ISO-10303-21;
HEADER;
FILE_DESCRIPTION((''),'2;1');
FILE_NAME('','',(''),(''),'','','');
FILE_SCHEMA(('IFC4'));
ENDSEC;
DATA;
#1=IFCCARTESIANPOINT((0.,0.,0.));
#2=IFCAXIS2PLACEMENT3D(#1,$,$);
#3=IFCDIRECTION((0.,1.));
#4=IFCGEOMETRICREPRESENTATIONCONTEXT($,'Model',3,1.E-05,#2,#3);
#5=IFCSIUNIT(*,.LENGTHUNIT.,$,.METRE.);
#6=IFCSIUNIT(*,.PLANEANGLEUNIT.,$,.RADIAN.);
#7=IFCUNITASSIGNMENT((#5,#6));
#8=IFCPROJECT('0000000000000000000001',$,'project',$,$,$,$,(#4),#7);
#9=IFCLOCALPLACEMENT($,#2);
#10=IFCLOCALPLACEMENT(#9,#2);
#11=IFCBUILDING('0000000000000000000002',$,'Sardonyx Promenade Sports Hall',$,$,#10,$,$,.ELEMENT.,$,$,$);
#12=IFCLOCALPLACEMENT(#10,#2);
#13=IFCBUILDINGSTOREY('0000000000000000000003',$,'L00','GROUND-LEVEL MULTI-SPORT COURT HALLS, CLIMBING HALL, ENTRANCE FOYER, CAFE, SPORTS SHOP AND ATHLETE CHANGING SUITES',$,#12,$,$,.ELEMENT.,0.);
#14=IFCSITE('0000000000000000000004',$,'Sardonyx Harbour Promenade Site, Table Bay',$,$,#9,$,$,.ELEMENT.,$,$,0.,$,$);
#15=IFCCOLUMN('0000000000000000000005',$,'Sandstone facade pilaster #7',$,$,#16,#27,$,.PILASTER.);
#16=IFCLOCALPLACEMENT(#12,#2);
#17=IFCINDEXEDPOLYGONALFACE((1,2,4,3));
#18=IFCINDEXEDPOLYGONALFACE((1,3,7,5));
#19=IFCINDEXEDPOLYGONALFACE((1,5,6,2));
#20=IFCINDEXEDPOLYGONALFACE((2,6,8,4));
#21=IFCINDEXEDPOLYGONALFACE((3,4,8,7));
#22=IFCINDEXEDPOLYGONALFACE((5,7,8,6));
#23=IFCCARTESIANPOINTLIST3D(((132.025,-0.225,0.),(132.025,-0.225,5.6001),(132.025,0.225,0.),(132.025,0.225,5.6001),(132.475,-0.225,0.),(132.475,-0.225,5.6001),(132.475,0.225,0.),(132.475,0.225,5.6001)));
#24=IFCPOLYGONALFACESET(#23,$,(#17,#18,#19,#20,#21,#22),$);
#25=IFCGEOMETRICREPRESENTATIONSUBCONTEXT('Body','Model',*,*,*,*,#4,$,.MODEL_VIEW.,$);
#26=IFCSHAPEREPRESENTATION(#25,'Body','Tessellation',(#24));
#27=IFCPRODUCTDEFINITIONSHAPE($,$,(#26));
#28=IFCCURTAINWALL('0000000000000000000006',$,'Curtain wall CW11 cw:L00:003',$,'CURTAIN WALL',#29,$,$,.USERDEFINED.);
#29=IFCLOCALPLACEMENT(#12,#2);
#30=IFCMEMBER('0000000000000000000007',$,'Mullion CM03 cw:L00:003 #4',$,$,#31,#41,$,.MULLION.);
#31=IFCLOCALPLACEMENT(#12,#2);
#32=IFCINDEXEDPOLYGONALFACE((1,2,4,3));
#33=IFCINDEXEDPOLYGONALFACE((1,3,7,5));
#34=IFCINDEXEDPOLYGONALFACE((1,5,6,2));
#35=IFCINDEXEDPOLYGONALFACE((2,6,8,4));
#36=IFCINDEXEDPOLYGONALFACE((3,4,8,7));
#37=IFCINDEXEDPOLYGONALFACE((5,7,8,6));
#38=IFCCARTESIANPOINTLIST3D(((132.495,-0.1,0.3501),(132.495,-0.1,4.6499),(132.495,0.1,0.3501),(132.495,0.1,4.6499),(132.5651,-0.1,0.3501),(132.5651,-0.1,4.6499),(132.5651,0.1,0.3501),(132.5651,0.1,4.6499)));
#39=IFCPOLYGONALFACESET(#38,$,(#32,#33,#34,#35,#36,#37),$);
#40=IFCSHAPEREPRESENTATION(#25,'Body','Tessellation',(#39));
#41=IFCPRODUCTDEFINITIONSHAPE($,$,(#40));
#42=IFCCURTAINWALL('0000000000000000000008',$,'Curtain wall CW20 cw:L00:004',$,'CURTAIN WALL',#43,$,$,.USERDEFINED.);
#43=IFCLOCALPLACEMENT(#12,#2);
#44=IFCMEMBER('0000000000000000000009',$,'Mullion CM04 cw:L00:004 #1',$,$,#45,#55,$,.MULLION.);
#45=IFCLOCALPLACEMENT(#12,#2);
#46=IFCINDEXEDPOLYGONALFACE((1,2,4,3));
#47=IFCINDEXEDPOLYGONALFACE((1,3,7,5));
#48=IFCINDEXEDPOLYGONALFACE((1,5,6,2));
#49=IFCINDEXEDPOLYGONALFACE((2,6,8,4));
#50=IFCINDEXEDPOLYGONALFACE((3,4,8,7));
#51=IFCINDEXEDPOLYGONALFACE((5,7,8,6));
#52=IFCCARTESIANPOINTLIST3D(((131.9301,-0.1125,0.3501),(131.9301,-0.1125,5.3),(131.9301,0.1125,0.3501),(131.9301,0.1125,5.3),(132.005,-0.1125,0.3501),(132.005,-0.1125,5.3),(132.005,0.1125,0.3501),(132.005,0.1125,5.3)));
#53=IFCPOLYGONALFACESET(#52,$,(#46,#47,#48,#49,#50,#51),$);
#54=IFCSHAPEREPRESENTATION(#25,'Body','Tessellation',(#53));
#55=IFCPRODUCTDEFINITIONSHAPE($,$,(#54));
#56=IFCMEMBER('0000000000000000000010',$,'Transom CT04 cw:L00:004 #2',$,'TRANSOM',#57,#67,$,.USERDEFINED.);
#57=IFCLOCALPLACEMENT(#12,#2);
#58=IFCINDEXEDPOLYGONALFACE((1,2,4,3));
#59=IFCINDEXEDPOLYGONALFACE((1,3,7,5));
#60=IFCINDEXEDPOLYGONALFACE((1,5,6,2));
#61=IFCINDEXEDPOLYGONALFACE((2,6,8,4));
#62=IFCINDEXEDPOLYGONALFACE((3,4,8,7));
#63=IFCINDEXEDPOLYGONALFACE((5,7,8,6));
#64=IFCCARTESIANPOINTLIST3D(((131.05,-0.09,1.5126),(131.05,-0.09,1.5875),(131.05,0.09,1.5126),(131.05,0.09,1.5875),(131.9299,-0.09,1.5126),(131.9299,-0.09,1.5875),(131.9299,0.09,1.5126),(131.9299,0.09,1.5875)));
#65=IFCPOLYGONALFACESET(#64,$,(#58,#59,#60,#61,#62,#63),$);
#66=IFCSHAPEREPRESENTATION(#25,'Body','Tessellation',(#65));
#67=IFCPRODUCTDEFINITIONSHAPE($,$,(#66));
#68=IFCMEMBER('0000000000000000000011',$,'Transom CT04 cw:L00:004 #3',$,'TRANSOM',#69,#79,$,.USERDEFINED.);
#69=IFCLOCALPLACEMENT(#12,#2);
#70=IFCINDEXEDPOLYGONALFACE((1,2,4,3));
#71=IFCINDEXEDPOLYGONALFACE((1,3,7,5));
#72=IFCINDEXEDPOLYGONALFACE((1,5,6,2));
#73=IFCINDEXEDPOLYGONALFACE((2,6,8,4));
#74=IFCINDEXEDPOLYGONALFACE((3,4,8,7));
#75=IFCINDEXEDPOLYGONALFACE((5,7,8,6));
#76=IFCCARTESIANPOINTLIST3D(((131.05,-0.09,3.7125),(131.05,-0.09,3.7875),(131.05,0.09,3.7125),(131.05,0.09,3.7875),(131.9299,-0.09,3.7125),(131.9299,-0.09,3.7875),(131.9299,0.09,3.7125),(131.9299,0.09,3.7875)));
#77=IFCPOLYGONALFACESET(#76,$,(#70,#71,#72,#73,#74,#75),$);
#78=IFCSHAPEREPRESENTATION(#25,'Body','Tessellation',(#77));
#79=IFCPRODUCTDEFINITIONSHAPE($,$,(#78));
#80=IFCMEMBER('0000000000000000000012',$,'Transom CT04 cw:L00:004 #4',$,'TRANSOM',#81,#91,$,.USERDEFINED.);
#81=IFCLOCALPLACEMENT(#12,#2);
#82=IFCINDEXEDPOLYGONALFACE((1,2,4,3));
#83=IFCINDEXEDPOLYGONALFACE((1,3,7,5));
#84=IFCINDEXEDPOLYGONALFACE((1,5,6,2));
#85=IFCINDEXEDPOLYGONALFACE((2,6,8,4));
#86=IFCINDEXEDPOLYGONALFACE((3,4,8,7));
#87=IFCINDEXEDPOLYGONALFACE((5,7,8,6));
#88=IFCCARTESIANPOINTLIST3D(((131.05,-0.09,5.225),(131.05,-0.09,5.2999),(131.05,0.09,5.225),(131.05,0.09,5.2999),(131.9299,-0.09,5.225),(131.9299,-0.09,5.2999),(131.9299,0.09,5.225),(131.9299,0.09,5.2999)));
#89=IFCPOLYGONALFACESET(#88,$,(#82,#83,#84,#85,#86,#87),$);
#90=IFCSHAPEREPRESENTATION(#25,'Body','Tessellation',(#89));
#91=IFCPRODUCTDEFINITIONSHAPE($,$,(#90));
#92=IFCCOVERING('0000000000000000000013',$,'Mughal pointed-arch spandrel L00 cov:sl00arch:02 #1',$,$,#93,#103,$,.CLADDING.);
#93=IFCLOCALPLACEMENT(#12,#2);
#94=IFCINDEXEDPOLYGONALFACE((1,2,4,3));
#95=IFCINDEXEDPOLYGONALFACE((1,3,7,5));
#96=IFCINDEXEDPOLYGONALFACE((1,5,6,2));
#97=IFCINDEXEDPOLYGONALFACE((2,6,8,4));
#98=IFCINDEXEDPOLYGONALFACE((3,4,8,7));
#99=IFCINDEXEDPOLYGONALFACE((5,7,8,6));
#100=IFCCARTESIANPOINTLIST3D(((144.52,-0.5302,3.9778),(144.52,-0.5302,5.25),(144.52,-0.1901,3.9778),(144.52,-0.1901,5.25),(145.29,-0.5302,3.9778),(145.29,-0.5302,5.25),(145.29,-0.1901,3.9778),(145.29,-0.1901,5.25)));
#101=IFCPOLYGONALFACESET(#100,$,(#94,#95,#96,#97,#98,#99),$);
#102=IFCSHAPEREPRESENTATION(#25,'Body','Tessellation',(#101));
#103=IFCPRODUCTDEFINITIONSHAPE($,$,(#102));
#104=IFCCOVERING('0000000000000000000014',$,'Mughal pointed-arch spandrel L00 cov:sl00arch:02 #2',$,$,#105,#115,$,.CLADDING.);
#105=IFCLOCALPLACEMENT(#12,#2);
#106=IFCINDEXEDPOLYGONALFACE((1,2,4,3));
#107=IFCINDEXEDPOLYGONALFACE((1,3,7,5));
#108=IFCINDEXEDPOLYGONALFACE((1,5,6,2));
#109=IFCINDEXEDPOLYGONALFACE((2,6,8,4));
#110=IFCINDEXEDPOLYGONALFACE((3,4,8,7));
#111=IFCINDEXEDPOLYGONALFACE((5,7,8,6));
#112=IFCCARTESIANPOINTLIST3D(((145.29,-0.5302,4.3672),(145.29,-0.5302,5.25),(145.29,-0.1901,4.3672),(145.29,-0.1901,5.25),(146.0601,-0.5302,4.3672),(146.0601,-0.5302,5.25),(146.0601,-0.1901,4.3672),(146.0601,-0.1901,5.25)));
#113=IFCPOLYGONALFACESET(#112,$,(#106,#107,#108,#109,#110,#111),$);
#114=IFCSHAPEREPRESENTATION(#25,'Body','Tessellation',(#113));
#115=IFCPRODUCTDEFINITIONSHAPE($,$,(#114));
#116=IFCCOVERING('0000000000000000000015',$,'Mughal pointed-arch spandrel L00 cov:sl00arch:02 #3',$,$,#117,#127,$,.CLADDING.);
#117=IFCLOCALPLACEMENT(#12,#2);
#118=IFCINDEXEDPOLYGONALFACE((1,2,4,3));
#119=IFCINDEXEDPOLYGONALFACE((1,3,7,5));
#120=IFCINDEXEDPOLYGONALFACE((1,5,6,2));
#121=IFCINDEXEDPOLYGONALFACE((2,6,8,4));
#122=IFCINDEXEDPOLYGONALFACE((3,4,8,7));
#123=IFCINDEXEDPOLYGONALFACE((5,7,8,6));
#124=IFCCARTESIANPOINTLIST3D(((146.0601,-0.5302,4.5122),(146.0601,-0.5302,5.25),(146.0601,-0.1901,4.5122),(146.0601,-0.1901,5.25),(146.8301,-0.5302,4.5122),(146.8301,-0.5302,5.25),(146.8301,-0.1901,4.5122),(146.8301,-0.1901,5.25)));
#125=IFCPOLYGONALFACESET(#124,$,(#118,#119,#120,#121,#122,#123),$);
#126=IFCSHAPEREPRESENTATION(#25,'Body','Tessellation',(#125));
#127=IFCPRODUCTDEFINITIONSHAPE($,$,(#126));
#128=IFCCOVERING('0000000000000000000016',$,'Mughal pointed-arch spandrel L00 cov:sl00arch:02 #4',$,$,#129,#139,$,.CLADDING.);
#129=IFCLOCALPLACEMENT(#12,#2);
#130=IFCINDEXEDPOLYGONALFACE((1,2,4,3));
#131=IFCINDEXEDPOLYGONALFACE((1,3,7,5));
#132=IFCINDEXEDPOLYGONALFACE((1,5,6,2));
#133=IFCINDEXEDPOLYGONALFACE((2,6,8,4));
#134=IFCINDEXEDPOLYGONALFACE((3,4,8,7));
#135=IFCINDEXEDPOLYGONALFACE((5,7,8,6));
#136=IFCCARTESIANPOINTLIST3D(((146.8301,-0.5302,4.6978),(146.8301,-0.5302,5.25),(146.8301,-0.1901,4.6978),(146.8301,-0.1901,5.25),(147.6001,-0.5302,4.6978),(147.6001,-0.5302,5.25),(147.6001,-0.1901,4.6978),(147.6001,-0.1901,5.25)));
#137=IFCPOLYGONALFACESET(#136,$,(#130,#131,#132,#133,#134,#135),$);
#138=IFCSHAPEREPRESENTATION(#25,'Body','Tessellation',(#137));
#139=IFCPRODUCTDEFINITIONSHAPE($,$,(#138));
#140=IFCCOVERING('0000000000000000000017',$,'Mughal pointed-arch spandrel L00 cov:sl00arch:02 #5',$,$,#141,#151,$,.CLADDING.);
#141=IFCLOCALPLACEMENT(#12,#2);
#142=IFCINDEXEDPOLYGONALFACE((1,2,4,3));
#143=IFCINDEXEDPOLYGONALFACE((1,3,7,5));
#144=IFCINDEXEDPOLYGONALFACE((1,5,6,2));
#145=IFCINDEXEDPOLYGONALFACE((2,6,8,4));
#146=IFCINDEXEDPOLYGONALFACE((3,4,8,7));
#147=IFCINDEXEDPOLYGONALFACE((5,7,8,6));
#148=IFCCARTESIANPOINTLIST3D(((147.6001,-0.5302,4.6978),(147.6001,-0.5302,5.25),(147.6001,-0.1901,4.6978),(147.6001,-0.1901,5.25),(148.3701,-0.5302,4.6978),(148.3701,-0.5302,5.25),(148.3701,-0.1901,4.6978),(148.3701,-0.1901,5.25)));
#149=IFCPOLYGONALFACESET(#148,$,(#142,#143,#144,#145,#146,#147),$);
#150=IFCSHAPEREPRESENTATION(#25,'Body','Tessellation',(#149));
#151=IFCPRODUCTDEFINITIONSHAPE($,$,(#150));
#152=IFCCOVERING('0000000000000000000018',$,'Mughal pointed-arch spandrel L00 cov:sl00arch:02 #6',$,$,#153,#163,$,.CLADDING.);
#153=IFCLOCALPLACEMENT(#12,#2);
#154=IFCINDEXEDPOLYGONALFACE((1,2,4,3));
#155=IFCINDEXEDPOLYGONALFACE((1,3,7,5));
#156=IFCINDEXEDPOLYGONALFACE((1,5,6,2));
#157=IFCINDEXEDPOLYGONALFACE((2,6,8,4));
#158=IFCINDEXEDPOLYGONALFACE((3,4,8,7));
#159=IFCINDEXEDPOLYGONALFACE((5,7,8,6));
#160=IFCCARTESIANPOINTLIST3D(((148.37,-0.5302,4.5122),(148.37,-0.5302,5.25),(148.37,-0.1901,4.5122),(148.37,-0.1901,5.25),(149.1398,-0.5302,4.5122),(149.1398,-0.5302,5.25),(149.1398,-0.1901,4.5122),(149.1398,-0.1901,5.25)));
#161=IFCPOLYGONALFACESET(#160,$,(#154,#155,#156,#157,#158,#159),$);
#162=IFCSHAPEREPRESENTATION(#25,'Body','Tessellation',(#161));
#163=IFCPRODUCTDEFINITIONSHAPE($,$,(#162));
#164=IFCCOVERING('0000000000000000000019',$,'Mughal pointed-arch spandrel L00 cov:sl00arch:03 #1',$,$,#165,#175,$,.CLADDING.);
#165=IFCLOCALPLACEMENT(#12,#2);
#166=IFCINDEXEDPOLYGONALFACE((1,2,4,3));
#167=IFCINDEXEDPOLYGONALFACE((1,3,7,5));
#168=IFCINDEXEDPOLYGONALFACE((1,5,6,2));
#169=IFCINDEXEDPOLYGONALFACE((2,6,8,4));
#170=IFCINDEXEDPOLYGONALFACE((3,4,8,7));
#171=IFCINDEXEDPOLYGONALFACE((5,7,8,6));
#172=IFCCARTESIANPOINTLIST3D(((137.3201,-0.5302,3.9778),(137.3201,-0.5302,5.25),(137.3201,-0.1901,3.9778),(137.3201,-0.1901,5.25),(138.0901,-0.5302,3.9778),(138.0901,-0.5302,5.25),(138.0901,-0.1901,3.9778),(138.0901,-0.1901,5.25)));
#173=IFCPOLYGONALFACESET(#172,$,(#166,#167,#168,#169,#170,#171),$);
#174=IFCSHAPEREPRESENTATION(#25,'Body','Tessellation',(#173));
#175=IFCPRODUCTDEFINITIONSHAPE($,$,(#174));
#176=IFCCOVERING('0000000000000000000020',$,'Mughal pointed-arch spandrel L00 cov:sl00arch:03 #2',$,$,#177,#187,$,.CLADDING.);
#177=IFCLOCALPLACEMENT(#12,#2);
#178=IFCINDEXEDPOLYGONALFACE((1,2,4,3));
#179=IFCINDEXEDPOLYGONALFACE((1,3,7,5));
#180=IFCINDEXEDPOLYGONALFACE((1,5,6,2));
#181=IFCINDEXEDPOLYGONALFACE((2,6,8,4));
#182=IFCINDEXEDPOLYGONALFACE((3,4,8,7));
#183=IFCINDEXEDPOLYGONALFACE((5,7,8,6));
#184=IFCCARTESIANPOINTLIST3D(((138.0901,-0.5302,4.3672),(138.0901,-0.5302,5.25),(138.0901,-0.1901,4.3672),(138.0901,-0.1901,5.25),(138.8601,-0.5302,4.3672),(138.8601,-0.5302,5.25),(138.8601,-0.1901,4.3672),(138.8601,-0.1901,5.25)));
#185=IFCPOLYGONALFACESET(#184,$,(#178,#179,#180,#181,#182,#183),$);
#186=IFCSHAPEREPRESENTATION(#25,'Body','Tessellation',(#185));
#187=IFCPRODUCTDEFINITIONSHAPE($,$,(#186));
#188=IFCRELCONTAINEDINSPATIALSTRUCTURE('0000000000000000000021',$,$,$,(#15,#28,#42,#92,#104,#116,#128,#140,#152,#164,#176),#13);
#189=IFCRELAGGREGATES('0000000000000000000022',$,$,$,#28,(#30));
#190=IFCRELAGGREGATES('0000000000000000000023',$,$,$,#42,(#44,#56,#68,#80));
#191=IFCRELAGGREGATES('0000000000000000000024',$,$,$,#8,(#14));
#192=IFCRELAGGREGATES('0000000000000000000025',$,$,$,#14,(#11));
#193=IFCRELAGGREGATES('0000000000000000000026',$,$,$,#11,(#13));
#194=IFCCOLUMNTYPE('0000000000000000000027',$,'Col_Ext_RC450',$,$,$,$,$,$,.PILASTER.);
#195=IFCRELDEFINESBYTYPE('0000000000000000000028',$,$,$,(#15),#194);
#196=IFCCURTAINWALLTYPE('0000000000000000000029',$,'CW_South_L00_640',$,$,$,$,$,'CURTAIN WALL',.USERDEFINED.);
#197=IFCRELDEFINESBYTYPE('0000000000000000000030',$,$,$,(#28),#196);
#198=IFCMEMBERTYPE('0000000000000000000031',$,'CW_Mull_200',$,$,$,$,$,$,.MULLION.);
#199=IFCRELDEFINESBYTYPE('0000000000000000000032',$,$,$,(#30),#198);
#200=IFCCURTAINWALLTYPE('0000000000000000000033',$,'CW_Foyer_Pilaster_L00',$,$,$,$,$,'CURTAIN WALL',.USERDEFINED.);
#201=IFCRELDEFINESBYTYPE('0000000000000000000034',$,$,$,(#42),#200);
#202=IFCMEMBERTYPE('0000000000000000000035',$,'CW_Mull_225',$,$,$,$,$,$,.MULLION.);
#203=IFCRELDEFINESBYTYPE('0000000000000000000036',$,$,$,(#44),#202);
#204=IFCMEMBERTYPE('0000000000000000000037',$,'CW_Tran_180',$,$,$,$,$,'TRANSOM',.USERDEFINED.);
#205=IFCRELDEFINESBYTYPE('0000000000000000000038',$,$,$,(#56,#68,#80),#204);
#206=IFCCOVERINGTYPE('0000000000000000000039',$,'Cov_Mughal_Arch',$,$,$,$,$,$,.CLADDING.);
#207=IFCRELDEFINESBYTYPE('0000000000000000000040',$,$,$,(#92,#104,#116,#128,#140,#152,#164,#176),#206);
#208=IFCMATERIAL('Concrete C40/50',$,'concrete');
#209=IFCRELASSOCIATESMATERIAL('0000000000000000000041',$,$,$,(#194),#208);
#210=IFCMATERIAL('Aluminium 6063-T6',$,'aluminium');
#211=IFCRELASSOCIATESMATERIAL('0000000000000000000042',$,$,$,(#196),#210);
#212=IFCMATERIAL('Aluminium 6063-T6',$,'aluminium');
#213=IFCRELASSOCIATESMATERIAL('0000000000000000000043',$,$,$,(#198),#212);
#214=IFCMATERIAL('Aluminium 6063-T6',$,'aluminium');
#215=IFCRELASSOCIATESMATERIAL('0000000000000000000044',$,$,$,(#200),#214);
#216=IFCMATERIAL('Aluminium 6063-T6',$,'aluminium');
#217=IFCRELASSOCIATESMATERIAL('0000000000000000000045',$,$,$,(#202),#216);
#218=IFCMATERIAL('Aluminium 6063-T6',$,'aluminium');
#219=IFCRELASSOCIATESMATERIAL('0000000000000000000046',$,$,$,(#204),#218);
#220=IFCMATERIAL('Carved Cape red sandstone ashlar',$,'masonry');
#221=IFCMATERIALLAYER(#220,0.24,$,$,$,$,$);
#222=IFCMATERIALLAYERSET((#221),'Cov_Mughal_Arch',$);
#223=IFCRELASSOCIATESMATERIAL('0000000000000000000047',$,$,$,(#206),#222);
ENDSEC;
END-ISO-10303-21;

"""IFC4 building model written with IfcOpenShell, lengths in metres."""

from ifc_helpers import new_model, si_unit, direction, frame, frame_2d, origin, origin_2d, place, context, subcontext, project, spatial, rectangle, extrude, material, layer, layer_set, material_profile, profile_set, type_object, element, aggregate, save


model = new_model("IFC4")

# Units and contexts
model_context = context("Model", 3, precision=1e-05, world=origin(), true_north=direction((0.0, 1.0)))
body_context = subcontext(model_context, "Body", "Model", "MODEL_VIEW")
ifc_project = project(units=[si_unit("LENGTHUNIT", "METRE"), si_unit("PLANEANGLEUNIT", "RADIAN")], contexts=[model_context])

# Site, building, storey
site_placement = place(None, origin())
site = spatial("IfcSite", under=ifc_project, at=site_placement, Name="Sardonyx Harbour Promenade Site, Table Bay", CompositionType="ELEMENT", RefElevation=0.0)
building_placement = place(site_placement, origin())
building = spatial("IfcBuilding", under=site, at=building_placement, Name="Sardonyx Promenade Sports Hall", CompositionType="ELEMENT")
storey_placement = place(building_placement, origin())
storey = spatial("IfcBuildingStorey", under=building, at=storey_placement, Name="L00", Description="GROUND-LEVEL MULTI-SPORT COURT HALLS, CLIMBING HALL, ENTRANCE FOYER, CAFE, SPORTS SHOP AND ATHLETE CHANGING SUITES", CompositionType="ELEMENT", Elevation=0.0)

# Column
ifc_material_1 = material(Name="Concrete C40/50", Category="concrete")
ifc_material_profile_1 = material_profile(ifc_material_1, rectangle(XDim=0.45, YDim=0.45, at=origin_2d()))
ifc_profile_set_1 = profile_set([ifc_material_profile_1], Name="Concrete C40/50")
column_type = type_object("IfcColumnType", Name="Col_Ext_RC450", PredefinedType="PILASTER", material=ifc_profile_set_1)
column_placement = place(storey_placement, frame((132.25, 0.0, 0.0), z_axis=(0.0, 0.0, 1.0), x_axis=(1.0, 0.0, 0.0)))
element("IfcColumn", 1, at=column_placement, inside=storey, type_object=column_type, Name="Sandstone facade pilaster #7", PredefinedType="PILASTER", context=body_context, shape_type="SweptSolid", body=[
    extrude(rectangle(XDim=0.45, YDim=0.45, at=origin_2d()), origin(), (0.0, 0.0, 1.0), 5.6001),
])

# Curtain wall, member
ifc_material_2 = material(Name="Aluminium 6063-T6", Category="aluminium")
curtain_wall_type_1 = type_object("IfcCurtainWallType", Name="CW_South_L00_640", ElementType="CURTAIN WALL", PredefinedType="USERDEFINED", material=ifc_material_2)
curtain_wall_1_placement = place(storey_placement, origin())
curtain_wall_1 = element("IfcCurtainWall", 2, at=curtain_wall_1_placement, inside=storey, type_object=curtain_wall_type_1, Name="Curtain wall CW11 cw:L00:003", ObjectType="CURTAIN WALL", PredefinedType="USERDEFINED")
ifc_material_3 = material(Name="Aluminium 6063-T6", Category="aluminium")
ifc_material_profile_2 = material_profile(ifc_material_3, rectangle(XDim=0.0701, YDim=0.2, at=origin_2d()))
ifc_profile_set_2 = profile_set([ifc_material_profile_2], Name="Aluminium 6063-T6")
member_type_1 = type_object("IfcMemberType", Name="CW_Mull_200", PredefinedType="MULLION", material=ifc_profile_set_2)
member_1_placement = place(storey_placement, frame((132.53, 0.0, 0.3501), z_axis=(0.0, 0.0, 1.0), x_axis=(-1.0, 0.0, 0.0)))
member_1 = element("IfcMember", 3, at=member_1_placement, type_object=member_type_1, Name="Mullion CM03 cw:L00:003 #4", PredefinedType="MULLION", context=body_context, shape_type="SweptSolid", body=[
    extrude(rectangle(XDim=0.0701, YDim=0.2, at=origin_2d()), origin(), (0.0, 0.0, 1.0), 4.2998),
])
aggregate(curtain_wall_1, [member_1])

# Curtain wall, members
ifc_material_4 = material(Name="Aluminium 6063-T6", Category="aluminium")
curtain_wall_type_2 = type_object("IfcCurtainWallType", Name="CW_Foyer_Pilaster_L00", ElementType="CURTAIN WALL", PredefinedType="USERDEFINED", material=ifc_material_4)
curtain_wall_2_placement = place(storey_placement, origin())
curtain_wall_2 = element("IfcCurtainWall", 4, at=curtain_wall_2_placement, inside=storey, type_object=curtain_wall_type_2, Name="Curtain wall CW20 cw:L00:004", ObjectType="CURTAIN WALL", PredefinedType="USERDEFINED")
ifc_material_5 = material(Name="Aluminium 6063-T6", Category="aluminium")
ifc_material_profile_3 = material_profile(ifc_material_5, rectangle(XDim=0.075, YDim=0.2251, at=origin_2d()))
ifc_profile_set_3 = profile_set([ifc_material_profile_3], Name="Aluminium 6063-T6")
member_type_2 = type_object("IfcMemberType", Name="CW_Mull_225", PredefinedType="MULLION", material=ifc_profile_set_3)
member_2_placement = place(storey_placement, frame((131.9675, 0.0, 0.3501), z_axis=(0.0, 0.0, 1.0), x_axis=(-1.0, 0.0, 0.0)))
member_2 = element("IfcMember", 5, at=member_2_placement, type_object=member_type_2, Name="Mullion CM04 cw:L00:004 #1", PredefinedType="MULLION", context=body_context, shape_type="SweptSolid", body=[
    extrude(rectangle(XDim=0.075, YDim=0.2251, at=origin_2d()), origin(), (0.0, 0.0, 1.0), 4.95),
])
ifc_material_6 = material(Name="Aluminium 6063-T6", Category="aluminium")
ifc_material_profile_4 = material_profile(ifc_material_6, rectangle(XDim=0.075, YDim=0.1799, at=origin_2d()))
ifc_profile_set_4 = profile_set([ifc_material_profile_4], Name="Aluminium 6063-T6")
member_type_3 = type_object("IfcMemberType", Name="CW_Tran_180", ElementType="TRANSOM", PredefinedType="USERDEFINED", material=ifc_profile_set_4)
member_3_placement = place(storey_placement, frame((131.9299, 0.0, 1.55), z_axis=(-1.0, 0.0, 0.0), x_axis=(0.0, 0.0, 1.0)))
member_3 = element("IfcMember", 6, at=member_3_placement, type_object=member_type_3, Name="Transom CT04 cw:L00:004 #2", ObjectType="TRANSOM", PredefinedType="USERDEFINED", context=body_context, shape_type="SweptSolid", body=[
    extrude(rectangle(XDim=0.075, YDim=0.1799, at=origin_2d()), origin(), (0.0, 0.0, 1.0), 0.8799),
])
member_4_placement = place(storey_placement, frame((131.9299, 0.0, 3.75), z_axis=(-1.0, 0.0, 0.0), x_axis=(0.0, 0.0, 1.0)))
member_4 = element("IfcMember", 7, at=member_4_placement, type_object=member_type_3, Name="Transom CT04 cw:L00:004 #3", ObjectType="TRANSOM", PredefinedType="USERDEFINED", context=body_context, shape_type="SweptSolid", body=[
    extrude(rectangle(XDim=0.075, YDim=0.1799, at=origin_2d()), origin(), (0.0, 0.0, 1.0), 0.8799),
])
member_5_placement = place(storey_placement, frame((131.9299, 0.0, 5.2625), z_axis=(-1.0, 0.0, 0.0), x_axis=(0.0, 0.0, 1.0)))
member_5 = element("IfcMember", 8, at=member_5_placement, type_object=member_type_3, Name="Transom CT04 cw:L00:004 #4", ObjectType="TRANSOM", PredefinedType="USERDEFINED", context=body_context, shape_type="SweptSolid", body=[
    extrude(rectangle(XDim=0.075, YDim=0.1799, at=origin_2d()), origin(), (0.0, 0.0, 1.0), 0.8799),
])
aggregate(curtain_wall_2, [member_2, member_3, member_4, member_5])

# Coverings
ifc_material_7 = material(Name="Carved Cape red sandstone ashlar", Category="masonry")
ifc_layer_1 = layer(ifc_material_7, 0.24)
ifc_layer_set_1 = layer_set([ifc_layer_1], Name="Cov_Mughal_Arch")
covering_type = type_object("IfcCoveringType", Name="Cov_Mughal_Arch", PredefinedType="CLADDING", material=ifc_layer_set_1)
covering_1_placement = place(storey_placement, frame((144.52, -0.3601, 3.9778), z_axis=(0.0, 0.0, 1.0), x_axis=(1.0, 0.0, 0.0)))
element("IfcCovering", 9, at=covering_1_placement, inside=storey, type_object=covering_type, Name="Mughal pointed-arch spandrel L00 cov:sl00arch:02 #1", PredefinedType="CLADDING", context=body_context, shape_type="SweptSolid", body=[
    extrude(rectangle(XDim=0.77, YDim=0.3401, at=frame_2d((0.385, 0.0))), origin(), (0.0, 0.0, 1.0), 1.2722),
])
covering_2_placement = place(storey_placement, frame((145.29, -0.3601, 4.3672), z_axis=(0.0, 0.0, 1.0), x_axis=(1.0, 0.0, 0.0)))
element("IfcCovering", 10, at=covering_2_placement, inside=storey, type_object=covering_type, Name="Mughal pointed-arch spandrel L00 cov:sl00arch:02 #2", PredefinedType="CLADDING", context=body_context, shape_type="SweptSolid", body=[
    extrude(rectangle(XDim=0.77, YDim=0.3401, at=frame_2d((0.385, 0.0))), origin(), (0.0, 0.0, 1.0), 0.8828),
])
covering_3_placement = place(storey_placement, frame((146.0601, -0.3601, 4.5122), z_axis=(0.0, 0.0, 1.0), x_axis=(1.0, 0.0, 0.0)))
element("IfcCovering", 11, at=covering_3_placement, inside=storey, type_object=covering_type, Name="Mughal pointed-arch spandrel L00 cov:sl00arch:02 #3", PredefinedType="CLADDING", context=body_context, shape_type="SweptSolid", body=[
    extrude(rectangle(XDim=0.77, YDim=0.3401, at=frame_2d((0.385, 0.0))), origin(), (0.0, 0.0, 1.0), 0.7378),
])
for number, where, z_axis, x_axis, name in (
    (12, (146.8301, -0.3601, 4.6978), (0.0, 0.0, 1.0), (1.0, 0.0, 0.0), "Mughal pointed-arch spandrel L00 cov:sl00arch:02 #4"),
    (13, (147.6001, -0.3601, 4.6978), (0.0, 0.0, 1.0), (1.0, 0.0, 0.0), "Mughal pointed-arch spandrel L00 cov:sl00arch:02 #5"),
):
    element("IfcCovering", number, at=place(storey_placement, frame(where, z_axis=z_axis, x_axis=x_axis)), inside=storey, type_object=covering_type, Name=name, PredefinedType="CLADDING", context=body_context, shape_type="SweptSolid", body=[
        extrude(rectangle(XDim=0.77, YDim=0.3401, at=frame_2d((0.385, 0.0))), origin(), (0.0, 0.0, 1.0), 0.5522),
    ])
covering_4_placement = place(storey_placement, frame((148.3701, -0.3601, 4.5122), z_axis=(0.0, 0.0, 1.0), x_axis=(1.0, 0.0, 0.0)))
element("IfcCovering", 14, at=covering_4_placement, inside=storey, type_object=covering_type, Name="Mughal pointed-arch spandrel L00 cov:sl00arch:02 #6", PredefinedType="CLADDING", context=body_context, shape_type="SweptSolid", body=[
    extrude(rectangle(XDim=0.7698, YDim=0.3401, at=frame_2d((0.3848, 0.0))), origin(), (0.0, 0.0, 1.0), 0.7378),
])
covering_5_placement = place(storey_placement, frame((137.3201, -0.3601, 3.9778), z_axis=(0.0, 0.0, 1.0), x_axis=(1.0, 0.0, 0.0)))
element("IfcCovering", 15, at=covering_5_placement, inside=storey, type_object=covering_type, Name="Mughal pointed-arch spandrel L00 cov:sl00arch:03 #1", PredefinedType="CLADDING", context=body_context, shape_type="SweptSolid", body=[
    extrude(rectangle(XDim=0.77, YDim=0.3401, at=frame_2d((0.385, 0.0))), origin(), (0.0, 0.0, 1.0), 1.2722),
])
covering_6_placement = place(storey_placement, frame((138.0901, -0.3601, 4.3672), z_axis=(0.0, 0.0, 1.0), x_axis=(1.0, 0.0, 0.0)))
element("IfcCovering", 16, at=covering_6_placement, inside=storey, type_object=covering_type, Name="Mughal pointed-arch spandrel L00 cov:sl00arch:03 #2", PredefinedType="CLADDING", context=body_context, shape_type="SweptSolid", body=[
    extrude(rectangle(XDim=0.77, YDim=0.3401, at=frame_2d((0.385, 0.0))), origin(), (0.0, 0.0, 1.0), 0.8828),
])

save(model, "model.ifc")
